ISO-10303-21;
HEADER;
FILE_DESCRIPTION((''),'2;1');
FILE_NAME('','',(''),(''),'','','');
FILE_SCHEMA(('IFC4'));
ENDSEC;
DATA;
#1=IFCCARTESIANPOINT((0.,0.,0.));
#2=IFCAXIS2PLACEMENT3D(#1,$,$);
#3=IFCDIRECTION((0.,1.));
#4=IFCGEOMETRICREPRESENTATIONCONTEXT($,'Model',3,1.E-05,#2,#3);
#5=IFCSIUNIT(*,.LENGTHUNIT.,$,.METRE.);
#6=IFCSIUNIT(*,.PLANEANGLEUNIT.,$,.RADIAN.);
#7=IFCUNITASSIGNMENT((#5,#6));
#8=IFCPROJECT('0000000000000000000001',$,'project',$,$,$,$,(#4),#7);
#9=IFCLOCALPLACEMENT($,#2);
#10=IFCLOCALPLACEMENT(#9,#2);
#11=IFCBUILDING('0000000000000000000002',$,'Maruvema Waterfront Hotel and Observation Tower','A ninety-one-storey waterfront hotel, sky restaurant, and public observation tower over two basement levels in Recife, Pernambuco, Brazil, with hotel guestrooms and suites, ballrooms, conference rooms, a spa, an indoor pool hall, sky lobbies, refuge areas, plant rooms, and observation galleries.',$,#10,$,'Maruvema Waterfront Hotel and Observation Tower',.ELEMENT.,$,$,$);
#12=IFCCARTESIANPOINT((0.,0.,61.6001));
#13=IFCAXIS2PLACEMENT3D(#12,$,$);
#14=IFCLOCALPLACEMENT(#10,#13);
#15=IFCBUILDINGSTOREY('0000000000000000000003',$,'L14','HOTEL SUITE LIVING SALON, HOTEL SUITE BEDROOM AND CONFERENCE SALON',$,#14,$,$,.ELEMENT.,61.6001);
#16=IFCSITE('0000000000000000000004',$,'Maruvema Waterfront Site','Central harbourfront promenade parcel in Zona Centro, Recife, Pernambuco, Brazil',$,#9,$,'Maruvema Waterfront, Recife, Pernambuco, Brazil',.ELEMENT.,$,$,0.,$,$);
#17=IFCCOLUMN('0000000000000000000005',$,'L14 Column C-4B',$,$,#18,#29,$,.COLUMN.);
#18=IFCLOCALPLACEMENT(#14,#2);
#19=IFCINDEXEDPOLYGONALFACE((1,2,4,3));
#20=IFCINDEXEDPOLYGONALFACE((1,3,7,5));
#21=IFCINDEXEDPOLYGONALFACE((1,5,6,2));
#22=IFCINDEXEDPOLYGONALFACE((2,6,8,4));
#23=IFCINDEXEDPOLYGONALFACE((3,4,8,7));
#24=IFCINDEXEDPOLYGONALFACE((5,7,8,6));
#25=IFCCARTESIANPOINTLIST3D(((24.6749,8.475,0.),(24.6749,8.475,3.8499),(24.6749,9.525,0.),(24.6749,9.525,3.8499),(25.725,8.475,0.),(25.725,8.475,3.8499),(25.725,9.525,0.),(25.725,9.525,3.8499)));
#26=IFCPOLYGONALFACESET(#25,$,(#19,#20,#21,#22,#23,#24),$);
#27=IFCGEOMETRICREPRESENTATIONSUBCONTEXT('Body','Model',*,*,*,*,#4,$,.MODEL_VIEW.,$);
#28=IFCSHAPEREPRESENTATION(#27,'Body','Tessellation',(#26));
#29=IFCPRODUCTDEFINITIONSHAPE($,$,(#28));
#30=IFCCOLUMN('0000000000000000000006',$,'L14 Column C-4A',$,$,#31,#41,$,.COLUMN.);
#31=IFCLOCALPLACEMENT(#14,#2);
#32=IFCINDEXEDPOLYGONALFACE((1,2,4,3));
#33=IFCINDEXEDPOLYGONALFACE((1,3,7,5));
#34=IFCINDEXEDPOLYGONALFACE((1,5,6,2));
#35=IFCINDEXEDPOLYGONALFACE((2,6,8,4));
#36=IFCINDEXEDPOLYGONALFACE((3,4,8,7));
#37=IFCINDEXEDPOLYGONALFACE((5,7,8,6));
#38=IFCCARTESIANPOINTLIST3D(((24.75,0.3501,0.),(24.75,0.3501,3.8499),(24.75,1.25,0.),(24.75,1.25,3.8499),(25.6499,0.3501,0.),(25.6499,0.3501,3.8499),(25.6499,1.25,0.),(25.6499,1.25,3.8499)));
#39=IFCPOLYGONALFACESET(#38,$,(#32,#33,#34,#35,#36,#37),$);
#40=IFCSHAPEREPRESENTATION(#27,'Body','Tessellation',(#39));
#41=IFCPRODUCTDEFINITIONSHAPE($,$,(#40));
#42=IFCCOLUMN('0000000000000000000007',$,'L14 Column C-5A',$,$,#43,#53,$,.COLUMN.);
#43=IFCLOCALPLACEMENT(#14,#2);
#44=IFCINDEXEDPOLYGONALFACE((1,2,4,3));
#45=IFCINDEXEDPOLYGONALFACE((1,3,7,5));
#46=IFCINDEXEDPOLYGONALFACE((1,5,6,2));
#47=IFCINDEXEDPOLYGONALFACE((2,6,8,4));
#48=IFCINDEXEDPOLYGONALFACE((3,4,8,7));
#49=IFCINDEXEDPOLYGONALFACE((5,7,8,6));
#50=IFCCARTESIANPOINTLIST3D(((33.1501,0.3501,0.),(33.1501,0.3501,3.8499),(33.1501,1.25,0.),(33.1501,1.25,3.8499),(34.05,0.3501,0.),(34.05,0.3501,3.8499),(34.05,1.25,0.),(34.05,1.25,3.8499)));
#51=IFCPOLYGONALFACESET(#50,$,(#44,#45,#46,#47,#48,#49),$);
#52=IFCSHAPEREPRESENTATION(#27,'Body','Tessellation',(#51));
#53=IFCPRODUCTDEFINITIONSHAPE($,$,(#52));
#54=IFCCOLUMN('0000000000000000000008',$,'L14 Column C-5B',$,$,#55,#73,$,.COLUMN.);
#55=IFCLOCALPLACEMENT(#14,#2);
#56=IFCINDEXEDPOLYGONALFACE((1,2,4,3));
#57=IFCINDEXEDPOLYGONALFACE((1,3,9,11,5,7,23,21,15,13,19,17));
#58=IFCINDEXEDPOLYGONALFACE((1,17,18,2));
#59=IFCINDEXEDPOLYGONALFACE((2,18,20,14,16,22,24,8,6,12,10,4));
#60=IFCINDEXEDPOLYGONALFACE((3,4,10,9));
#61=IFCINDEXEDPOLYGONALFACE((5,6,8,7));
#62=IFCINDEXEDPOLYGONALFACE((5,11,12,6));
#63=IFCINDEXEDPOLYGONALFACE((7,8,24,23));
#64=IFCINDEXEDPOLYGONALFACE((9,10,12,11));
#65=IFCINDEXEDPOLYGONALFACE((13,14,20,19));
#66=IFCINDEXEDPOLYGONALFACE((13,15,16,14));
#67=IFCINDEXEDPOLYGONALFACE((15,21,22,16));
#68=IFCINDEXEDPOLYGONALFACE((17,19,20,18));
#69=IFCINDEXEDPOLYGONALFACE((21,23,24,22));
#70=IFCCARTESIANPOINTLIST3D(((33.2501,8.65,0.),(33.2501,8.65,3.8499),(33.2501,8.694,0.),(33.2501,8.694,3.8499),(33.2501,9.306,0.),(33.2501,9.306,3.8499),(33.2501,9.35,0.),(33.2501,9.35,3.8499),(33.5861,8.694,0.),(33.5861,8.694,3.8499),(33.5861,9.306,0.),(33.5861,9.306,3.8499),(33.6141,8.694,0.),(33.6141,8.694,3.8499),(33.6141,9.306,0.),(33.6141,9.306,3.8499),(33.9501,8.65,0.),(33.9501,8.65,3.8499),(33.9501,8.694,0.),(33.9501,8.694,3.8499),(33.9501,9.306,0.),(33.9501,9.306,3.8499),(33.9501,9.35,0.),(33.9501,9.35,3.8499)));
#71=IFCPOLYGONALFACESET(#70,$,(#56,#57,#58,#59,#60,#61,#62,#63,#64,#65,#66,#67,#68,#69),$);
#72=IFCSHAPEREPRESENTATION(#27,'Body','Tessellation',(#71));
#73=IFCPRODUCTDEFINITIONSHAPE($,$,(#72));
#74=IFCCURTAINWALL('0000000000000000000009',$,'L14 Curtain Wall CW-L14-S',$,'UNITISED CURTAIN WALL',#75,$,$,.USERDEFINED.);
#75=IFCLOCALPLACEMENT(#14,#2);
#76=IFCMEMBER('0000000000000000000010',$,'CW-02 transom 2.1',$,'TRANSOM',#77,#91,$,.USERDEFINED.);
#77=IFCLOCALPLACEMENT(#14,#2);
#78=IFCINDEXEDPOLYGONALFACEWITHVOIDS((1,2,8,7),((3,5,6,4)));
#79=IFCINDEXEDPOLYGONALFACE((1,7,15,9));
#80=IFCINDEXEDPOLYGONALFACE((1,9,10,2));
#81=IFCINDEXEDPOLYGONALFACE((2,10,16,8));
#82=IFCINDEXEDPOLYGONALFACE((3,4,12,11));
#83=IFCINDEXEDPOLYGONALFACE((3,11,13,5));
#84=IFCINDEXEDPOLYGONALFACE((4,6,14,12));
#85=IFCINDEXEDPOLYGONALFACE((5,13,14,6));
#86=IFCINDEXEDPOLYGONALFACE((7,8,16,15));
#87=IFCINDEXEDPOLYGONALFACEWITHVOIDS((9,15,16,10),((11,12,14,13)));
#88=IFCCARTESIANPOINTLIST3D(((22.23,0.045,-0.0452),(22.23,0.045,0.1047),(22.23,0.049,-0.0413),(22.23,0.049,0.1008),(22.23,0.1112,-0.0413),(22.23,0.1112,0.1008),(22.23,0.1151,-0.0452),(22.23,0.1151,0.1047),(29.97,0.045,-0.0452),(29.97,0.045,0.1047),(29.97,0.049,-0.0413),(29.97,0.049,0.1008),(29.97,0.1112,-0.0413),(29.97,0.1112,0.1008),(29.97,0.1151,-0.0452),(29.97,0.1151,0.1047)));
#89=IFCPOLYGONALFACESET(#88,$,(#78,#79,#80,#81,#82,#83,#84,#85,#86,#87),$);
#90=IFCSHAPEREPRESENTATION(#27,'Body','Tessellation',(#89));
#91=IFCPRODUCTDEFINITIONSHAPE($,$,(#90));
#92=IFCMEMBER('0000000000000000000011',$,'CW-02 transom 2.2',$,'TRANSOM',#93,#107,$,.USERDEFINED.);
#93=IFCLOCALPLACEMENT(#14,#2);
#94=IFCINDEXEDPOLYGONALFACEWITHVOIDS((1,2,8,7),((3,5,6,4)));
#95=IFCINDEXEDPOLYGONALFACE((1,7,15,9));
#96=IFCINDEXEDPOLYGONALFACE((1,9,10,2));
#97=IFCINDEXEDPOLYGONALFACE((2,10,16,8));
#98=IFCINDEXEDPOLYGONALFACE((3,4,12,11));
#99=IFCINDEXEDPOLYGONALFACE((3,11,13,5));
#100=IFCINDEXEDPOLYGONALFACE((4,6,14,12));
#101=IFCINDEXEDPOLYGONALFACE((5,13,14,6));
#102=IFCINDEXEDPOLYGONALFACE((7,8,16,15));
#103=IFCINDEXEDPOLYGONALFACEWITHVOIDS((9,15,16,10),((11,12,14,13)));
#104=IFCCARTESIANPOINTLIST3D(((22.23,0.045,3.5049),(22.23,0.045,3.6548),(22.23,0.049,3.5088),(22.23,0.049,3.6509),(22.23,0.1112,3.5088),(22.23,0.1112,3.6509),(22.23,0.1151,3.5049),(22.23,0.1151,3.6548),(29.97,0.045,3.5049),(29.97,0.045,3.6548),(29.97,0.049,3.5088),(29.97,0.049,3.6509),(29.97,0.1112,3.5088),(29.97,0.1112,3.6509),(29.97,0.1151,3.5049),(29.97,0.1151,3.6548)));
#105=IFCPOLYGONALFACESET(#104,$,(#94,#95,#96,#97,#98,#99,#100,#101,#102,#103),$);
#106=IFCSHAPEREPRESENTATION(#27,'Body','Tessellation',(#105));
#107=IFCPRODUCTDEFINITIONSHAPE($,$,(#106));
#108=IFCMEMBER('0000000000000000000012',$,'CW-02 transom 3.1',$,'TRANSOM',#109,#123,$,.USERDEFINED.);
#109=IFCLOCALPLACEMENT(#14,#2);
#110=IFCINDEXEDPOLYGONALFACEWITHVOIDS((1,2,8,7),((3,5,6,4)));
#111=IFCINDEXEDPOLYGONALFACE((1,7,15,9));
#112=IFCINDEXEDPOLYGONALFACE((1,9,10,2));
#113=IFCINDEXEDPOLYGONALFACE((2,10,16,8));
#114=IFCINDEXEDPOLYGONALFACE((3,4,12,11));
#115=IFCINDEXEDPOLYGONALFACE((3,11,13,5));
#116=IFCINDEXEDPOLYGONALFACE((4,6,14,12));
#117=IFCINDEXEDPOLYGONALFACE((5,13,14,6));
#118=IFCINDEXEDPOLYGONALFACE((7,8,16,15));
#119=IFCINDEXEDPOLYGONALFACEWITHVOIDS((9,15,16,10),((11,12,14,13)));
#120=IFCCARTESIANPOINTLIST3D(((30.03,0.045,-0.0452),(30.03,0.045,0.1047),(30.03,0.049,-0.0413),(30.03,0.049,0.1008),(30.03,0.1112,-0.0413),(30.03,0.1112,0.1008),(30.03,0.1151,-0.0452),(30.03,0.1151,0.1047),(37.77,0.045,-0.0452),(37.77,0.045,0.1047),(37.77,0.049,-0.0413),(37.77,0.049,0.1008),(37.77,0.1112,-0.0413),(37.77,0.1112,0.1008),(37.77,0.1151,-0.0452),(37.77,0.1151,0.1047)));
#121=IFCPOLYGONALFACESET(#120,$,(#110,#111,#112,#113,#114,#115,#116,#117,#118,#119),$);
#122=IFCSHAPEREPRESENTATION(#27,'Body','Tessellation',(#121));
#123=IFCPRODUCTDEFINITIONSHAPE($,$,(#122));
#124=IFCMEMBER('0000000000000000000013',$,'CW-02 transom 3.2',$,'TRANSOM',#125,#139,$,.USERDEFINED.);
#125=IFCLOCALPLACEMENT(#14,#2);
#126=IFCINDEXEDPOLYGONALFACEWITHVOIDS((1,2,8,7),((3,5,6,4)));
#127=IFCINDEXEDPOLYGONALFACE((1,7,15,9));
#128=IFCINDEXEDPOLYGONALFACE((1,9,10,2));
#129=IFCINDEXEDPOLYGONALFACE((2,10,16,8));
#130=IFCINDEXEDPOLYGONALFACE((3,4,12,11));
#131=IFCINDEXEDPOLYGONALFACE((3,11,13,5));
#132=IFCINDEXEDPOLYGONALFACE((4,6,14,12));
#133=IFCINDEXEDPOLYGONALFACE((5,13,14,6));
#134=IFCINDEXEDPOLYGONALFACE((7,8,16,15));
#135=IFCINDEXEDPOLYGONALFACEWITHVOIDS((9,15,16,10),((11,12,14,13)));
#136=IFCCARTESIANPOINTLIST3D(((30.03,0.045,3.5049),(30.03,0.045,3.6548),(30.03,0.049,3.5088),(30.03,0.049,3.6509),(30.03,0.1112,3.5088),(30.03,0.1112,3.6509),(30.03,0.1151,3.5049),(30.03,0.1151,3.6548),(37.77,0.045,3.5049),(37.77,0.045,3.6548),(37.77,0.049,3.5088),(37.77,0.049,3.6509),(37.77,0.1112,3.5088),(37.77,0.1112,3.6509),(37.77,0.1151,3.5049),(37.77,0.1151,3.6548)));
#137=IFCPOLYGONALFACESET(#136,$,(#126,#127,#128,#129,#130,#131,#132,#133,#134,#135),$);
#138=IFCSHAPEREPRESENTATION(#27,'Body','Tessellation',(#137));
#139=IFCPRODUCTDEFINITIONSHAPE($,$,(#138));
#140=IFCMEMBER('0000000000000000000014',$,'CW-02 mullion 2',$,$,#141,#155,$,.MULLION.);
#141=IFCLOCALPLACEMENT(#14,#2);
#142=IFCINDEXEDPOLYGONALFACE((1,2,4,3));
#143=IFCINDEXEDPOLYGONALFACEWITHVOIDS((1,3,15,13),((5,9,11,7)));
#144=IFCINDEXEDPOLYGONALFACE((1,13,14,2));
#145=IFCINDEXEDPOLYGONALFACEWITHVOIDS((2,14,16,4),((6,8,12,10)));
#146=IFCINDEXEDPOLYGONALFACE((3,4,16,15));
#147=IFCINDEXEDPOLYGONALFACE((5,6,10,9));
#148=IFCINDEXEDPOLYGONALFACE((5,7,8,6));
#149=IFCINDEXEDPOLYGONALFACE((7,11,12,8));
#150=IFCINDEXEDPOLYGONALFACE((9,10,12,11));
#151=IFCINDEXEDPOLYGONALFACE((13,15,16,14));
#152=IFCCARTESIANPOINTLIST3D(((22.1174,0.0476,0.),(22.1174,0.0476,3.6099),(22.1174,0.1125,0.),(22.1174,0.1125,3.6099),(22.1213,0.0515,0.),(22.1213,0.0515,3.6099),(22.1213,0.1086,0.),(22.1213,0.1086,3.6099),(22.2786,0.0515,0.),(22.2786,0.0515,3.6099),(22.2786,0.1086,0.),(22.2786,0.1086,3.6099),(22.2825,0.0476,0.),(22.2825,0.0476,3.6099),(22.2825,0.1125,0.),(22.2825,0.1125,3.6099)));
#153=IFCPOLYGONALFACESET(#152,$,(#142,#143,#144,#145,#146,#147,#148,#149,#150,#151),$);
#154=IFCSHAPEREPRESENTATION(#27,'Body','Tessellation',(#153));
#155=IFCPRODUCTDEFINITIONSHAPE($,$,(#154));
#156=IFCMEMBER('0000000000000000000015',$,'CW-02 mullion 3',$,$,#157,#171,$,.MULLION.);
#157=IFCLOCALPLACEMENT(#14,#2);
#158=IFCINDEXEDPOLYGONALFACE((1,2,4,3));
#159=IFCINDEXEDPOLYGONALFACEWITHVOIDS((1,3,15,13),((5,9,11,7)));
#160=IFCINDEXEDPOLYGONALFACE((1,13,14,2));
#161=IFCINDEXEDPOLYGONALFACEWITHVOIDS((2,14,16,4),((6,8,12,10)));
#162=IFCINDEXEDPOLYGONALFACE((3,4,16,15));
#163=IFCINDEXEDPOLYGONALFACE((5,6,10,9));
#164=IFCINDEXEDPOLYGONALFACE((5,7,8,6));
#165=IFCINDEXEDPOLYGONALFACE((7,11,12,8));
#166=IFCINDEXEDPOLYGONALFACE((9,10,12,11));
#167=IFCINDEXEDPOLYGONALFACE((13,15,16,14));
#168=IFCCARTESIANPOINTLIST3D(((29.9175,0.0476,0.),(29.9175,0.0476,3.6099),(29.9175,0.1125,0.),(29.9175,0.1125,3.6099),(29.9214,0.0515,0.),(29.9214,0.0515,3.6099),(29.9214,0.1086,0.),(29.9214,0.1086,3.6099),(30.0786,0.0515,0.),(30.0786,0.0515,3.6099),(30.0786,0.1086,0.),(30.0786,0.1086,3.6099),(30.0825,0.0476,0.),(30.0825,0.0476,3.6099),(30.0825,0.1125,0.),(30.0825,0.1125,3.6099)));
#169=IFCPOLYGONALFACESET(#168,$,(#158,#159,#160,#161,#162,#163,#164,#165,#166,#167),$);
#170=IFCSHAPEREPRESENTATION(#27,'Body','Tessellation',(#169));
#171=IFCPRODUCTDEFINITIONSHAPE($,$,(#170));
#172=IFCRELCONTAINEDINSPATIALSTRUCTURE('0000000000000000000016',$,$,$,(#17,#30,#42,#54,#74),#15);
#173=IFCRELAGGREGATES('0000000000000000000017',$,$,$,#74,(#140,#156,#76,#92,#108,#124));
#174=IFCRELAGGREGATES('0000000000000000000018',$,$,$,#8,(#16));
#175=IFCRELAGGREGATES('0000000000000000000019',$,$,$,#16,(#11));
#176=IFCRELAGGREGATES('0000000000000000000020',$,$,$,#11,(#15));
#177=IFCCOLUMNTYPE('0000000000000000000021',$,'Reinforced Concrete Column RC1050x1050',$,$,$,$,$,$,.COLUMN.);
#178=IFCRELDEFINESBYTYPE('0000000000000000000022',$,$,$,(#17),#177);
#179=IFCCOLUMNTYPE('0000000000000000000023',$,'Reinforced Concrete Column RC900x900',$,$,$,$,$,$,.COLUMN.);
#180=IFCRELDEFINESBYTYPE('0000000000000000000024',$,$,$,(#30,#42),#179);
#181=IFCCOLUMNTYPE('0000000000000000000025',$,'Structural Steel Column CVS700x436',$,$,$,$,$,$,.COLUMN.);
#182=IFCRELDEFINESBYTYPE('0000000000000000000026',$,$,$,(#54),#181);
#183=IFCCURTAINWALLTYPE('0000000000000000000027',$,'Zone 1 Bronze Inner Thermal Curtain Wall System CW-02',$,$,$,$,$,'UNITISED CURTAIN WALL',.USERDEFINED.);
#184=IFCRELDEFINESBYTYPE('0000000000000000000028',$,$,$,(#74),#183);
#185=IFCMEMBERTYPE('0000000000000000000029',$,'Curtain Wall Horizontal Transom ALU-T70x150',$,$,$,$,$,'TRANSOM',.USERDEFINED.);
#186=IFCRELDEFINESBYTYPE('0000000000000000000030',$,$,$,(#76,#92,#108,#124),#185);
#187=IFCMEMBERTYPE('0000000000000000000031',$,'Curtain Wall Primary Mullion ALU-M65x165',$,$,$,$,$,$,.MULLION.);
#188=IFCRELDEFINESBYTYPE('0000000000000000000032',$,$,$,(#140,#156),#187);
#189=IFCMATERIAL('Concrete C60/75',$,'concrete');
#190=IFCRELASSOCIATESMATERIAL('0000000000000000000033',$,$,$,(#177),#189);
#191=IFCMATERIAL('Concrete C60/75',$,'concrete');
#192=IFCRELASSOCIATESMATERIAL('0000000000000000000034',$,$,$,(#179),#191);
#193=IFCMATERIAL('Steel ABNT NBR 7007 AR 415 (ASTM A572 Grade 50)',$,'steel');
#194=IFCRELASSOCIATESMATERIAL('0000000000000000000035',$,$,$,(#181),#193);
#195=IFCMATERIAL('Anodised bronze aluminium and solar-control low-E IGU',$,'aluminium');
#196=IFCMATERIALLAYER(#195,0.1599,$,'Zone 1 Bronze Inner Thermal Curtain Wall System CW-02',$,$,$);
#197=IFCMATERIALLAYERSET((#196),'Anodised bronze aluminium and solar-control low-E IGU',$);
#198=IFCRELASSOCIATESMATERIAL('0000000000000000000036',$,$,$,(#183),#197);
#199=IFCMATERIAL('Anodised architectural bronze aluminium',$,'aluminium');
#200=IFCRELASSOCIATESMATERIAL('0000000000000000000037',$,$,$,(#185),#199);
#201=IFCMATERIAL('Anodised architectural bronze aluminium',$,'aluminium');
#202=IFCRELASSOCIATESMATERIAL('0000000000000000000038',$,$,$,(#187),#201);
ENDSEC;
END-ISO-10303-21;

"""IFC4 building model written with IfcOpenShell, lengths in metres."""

from ifc_helpers import new_model, si_unit, direction, frame, origin, origin_2d, place, context, subcontext, project, spatial, rectangle, hollow_rectangle, i_section, extrude, material, layer, layer_set, material_profile, profile_set, type_object, element, aggregate, save


model = new_model("IFC4")

# Units and contexts
model_context = context("Model", 3, precision=1e-05, world=origin(), true_north=direction((0.0, 1.0)))
body_context = subcontext(model_context, "Body", "Model", "MODEL_VIEW")
ifc_project = project(units=[si_unit("LENGTHUNIT", "METRE"), si_unit("PLANEANGLEUNIT", "RADIAN")], contexts=[model_context])

# Site, building, storey
site_placement = place(None, origin())
site = spatial("IfcSite", under=ifc_project, at=site_placement, Name="Maruvema Waterfront Site", Description="Central harbourfront promenade parcel in Zona Centro, Recife, Pernambuco, Brazil", LongName="Maruvema Waterfront, Recife, Pernambuco, Brazil", CompositionType="ELEMENT", RefElevation=0.0)
building_placement = place(site_placement, origin())
building = spatial("IfcBuilding", under=site, at=building_placement, Name="Maruvema Waterfront Hotel and Observation Tower", Description="A ninety-one-storey waterfront hotel, sky restaurant, and public observation tower over two basement levels in Recife, Pernambuco, Brazil, with hotel guestrooms and suites, ballrooms, conference rooms, a spa, an indoor pool hall, sky lobbies, refuge areas, plant rooms, and observation galleries.", LongName="Maruvema Waterfront Hotel and Observation Tower", CompositionType="ELEMENT")
storey_placement = place(building_placement, frame((0.0, 0.0, 61.6001)))
storey = spatial("IfcBuildingStorey", under=building, at=storey_placement, Name="L14", Description="HOTEL SUITE LIVING SALON, HOTEL SUITE BEDROOM AND CONFERENCE SALON", CompositionType="ELEMENT", Elevation=61.6001)

# Columns
ifc_material_1 = material(Name="Concrete C60/75", Category="concrete")
ifc_material_profile_1 = material_profile(ifc_material_1, rectangle(XDim=1.05, YDim=1.05, at=origin_2d()), Name="RC1050x1050")
ifc_profile_set_1 = profile_set([ifc_material_profile_1], Name="Concrete C60/75")
column_type_1 = type_object("IfcColumnType", Name="Reinforced Concrete Column RC1050x1050", PredefinedType="COLUMN", material=ifc_profile_set_1)
column_1_placement = place(storey_placement, frame((25.2, 9.0, 0.0), z_axis=(0.0, 0.0, 1.0), x_axis=(1.0, 0.0, 0.0)))
element("IfcColumn", 1, at=column_1_placement, inside=storey, type_object=column_type_1, Name="L14 Column C-4B", PredefinedType="COLUMN", context=body_context, shape_type="SweptSolid", body=[
    extrude(rectangle(XDim=1.05, YDim=1.05, at=origin_2d()), origin(), (0.0, 0.0, 1.0), 3.8499),
])
ifc_material_2 = material(Name="Concrete C60/75", Category="concrete")
ifc_material_profile_2 = material_profile(ifc_material_2, rectangle(XDim=0.8999, YDim=0.8999, at=origin_2d()), Name="RC900x900")
ifc_profile_set_2 = profile_set([ifc_material_profile_2], Name="Concrete C60/75")
column_type_2 = type_object("IfcColumnType", Name="Reinforced Concrete Column RC900x900", PredefinedType="COLUMN", material=ifc_profile_set_2)
for number, where, z_axis, x_axis, name in (
    (2, (25.2, 0.8, 0.0), (0.0, 0.0, 1.0), (1.0, 0.0, 0.0), "L14 Column C-4A"),
    (3, (33.6001, 0.8, 0.0), (0.0, 0.0, 1.0), (1.0, 0.0, 0.0), "L14 Column C-5A"),
):
    element("IfcColumn", number, at=place(storey_placement, frame(where, z_axis=z_axis, x_axis=x_axis)), inside=storey, type_object=column_type_2, Name=name, PredefinedType="COLUMN", context=body_context, shape_type="SweptSolid", body=[
        extrude(rectangle(XDim=0.8999, YDim=0.8999, at=origin_2d()), origin(), (0.0, 0.0, 1.0), 3.8499),
    ])
ifc_material_3 = material(Name="Steel ABNT NBR 7007 AR 415 (ASTM A572 Grade 50)", Category="steel")
ifc_material_profile_3 = material_profile(ifc_material_3, i_section(OverallWidth=0.7, OverallDepth=0.7, WebThickness=0.0281, FlangeThickness=0.0439, at=origin_2d()), Name="CVS700x436")
ifc_profile_set_3 = profile_set([ifc_material_profile_3], Name="Steel ABNT NBR 7007 AR 415 (ASTM A572 Grade 50)")
column_type_3 = type_object("IfcColumnType", Name="Structural Steel Column CVS700x436", PredefinedType="COLUMN", material=ifc_profile_set_3)
column_2_placement = place(storey_placement, frame((33.6001, 9.0, 0.0), z_axis=(0.0, 0.0, 1.0), x_axis=(1.0, 0.0, 0.0)))
element("IfcColumn", 4, at=column_2_placement, inside=storey, type_object=column_type_3, Name="L14 Column C-5B", PredefinedType="COLUMN", context=body_context, shape_type="SweptSolid", body=[
    extrude(i_section(OverallWidth=0.7, OverallDepth=0.7, WebThickness=0.0281, FlangeThickness=0.0439, at=origin_2d()), origin(), (0.0, 0.0, 1.0), 3.8499),
])

# Curtain wall, members
ifc_material_4 = material(Name="Anodised bronze aluminium and solar-control low-E IGU", Category="aluminium")
ifc_layer_1 = layer(ifc_material_4, 0.1599, Name="Zone 1 Bronze Inner Thermal Curtain Wall System CW-02")
ifc_layer_set_1 = layer_set([ifc_layer_1], Name="Anodised bronze aluminium and solar-control low-E IGU")
curtain_wall_type = type_object("IfcCurtainWallType", Name="Zone 1 Bronze Inner Thermal Curtain Wall System CW-02", ElementType="UNITISED CURTAIN WALL", PredefinedType="USERDEFINED", material=ifc_layer_set_1)
curtain_wall_placement = place(storey_placement, origin())
curtain_wall = element("IfcCurtainWall", 5, at=curtain_wall_placement, inside=storey, type_object=curtain_wall_type, Name="L14 Curtain Wall CW-L14-S", ObjectType="UNITISED CURTAIN WALL", PredefinedType="USERDEFINED")
ifc_material_5 = material(Name="Anodised architectural bronze aluminium", Category="aluminium")
ifc_material_profile_4 = material_profile(ifc_material_5, hollow_rectangle(XDim=0.0701, YDim=0.1499, WallThickness=0.0039, at=origin_2d()), Name="ALU-T70x150")
ifc_profile_set_4 = profile_set([ifc_material_profile_4], Name="Anodised architectural bronze aluminium")
member_type_1 = type_object("IfcMemberType", Name="Curtain Wall Horizontal Transom ALU-T70x150", ElementType="TRANSOM", PredefinedType="USERDEFINED", material=ifc_profile_set_4)
member_1_placement = place(storey_placement, frame((22.23, 0.0801, 0.0298), z_axis=(1.0, 0.0, 0.0), x_axis=(0.0, 1.0, 0.0)))
member_1 = element("IfcMember", 6, at=member_1_placement, type_object=member_type_1, Name="CW-02 transom 2.1", ObjectType="TRANSOM", PredefinedType="USERDEFINED", context=body_context, shape_type="SweptSolid", body=[
    extrude(hollow_rectangle(XDim=0.0701, YDim=0.1499, WallThickness=0.0039, at=origin_2d()), origin(), (0.0, 0.0, 1.0), 7.74),
])
member_2_placement = place(storey_placement, frame((22.23, 0.0801, 3.5798), z_axis=(1.0, 0.0, 0.0), x_axis=(0.0, 1.0, 0.0)))
member_2 = element("IfcMember", 7, at=member_2_placement, type_object=member_type_1, Name="CW-02 transom 2.2", ObjectType="TRANSOM", PredefinedType="USERDEFINED", context=body_context, shape_type="SweptSolid", body=[
    extrude(hollow_rectangle(XDim=0.0701, YDim=0.1499, WallThickness=0.0039, at=origin_2d()), origin(), (0.0, 0.0, 1.0), 7.74),
])
member_3_placement = place(storey_placement, frame((30.03, 0.0801, 0.0298), z_axis=(1.0, 0.0, 0.0), x_axis=(0.0, 1.0, 0.0)))
member_3 = element("IfcMember", 8, at=member_3_placement, type_object=member_type_1, Name="CW-02 transom 3.1", ObjectType="TRANSOM", PredefinedType="USERDEFINED", context=body_context, shape_type="SweptSolid", body=[
    extrude(hollow_rectangle(XDim=0.0701, YDim=0.1499, WallThickness=0.0039, at=origin_2d()), origin(), (0.0, 0.0, 1.0), 7.74),
])
member_4_placement = place(storey_placement, frame((30.03, 0.0801, 3.5798), z_axis=(1.0, 0.0, 0.0), x_axis=(0.0, 1.0, 0.0)))
member_4 = element("IfcMember", 9, at=member_4_placement, type_object=member_type_1, Name="CW-02 transom 3.2", ObjectType="TRANSOM", PredefinedType="USERDEFINED", context=body_context, shape_type="SweptSolid", body=[
    extrude(hollow_rectangle(XDim=0.0701, YDim=0.1499, WallThickness=0.0039, at=origin_2d()), origin(), (0.0, 0.0, 1.0), 7.74),
])
ifc_material_6 = material(Name="Anodised architectural bronze aluminium", Category="aluminium")
ifc_material_profile_5 = material_profile(ifc_material_6, hollow_rectangle(XDim=0.0649, YDim=0.165, WallThickness=0.0039, at=origin_2d()), Name="ALU-M65x165")
ifc_profile_set_5 = profile_set([ifc_material_profile_5], Name="Anodised architectural bronze aluminium")
member_type_2 = type_object("IfcMemberType", Name="Curtain Wall Primary Mullion ALU-M65x165", PredefinedType="MULLION", material=ifc_profile_set_5)
member_5_placement = place(storey_placement, frame((22.2, 0.0801, 0.0), z_axis=(0.0, 0.0, 1.0), x_axis=(0.0, 1.0, 0.0)))
member_5 = element("IfcMember", 10, at=member_5_placement, type_object=member_type_2, Name="CW-02 mullion 2", PredefinedType="MULLION", context=body_context, shape_type="SweptSolid", body=[
    extrude(hollow_rectangle(XDim=0.0649, YDim=0.165, WallThickness=0.0039, at=origin_2d()), origin(), (0.0, 0.0, 1.0), 3.6099),
])
member_6_placement = place(storey_placement, frame((30.0, 0.0801, 0.0), z_axis=(0.0, 0.0, 1.0), x_axis=(0.0, 1.0, 0.0)))
member_6 = element("IfcMember", 11, at=member_6_placement, type_object=member_type_2, Name="CW-02 mullion 3", PredefinedType="MULLION", context=body_context, shape_type="SweptSolid", body=[
    extrude(hollow_rectangle(XDim=0.0649, YDim=0.165, WallThickness=0.0039, at=origin_2d()), origin(), (0.0, 0.0, 1.0), 3.6099),
])

aggregate(curtain_wall, [member_5, member_6, member_1, member_2, member_3, member_4])

save(model, "model.ifc")
